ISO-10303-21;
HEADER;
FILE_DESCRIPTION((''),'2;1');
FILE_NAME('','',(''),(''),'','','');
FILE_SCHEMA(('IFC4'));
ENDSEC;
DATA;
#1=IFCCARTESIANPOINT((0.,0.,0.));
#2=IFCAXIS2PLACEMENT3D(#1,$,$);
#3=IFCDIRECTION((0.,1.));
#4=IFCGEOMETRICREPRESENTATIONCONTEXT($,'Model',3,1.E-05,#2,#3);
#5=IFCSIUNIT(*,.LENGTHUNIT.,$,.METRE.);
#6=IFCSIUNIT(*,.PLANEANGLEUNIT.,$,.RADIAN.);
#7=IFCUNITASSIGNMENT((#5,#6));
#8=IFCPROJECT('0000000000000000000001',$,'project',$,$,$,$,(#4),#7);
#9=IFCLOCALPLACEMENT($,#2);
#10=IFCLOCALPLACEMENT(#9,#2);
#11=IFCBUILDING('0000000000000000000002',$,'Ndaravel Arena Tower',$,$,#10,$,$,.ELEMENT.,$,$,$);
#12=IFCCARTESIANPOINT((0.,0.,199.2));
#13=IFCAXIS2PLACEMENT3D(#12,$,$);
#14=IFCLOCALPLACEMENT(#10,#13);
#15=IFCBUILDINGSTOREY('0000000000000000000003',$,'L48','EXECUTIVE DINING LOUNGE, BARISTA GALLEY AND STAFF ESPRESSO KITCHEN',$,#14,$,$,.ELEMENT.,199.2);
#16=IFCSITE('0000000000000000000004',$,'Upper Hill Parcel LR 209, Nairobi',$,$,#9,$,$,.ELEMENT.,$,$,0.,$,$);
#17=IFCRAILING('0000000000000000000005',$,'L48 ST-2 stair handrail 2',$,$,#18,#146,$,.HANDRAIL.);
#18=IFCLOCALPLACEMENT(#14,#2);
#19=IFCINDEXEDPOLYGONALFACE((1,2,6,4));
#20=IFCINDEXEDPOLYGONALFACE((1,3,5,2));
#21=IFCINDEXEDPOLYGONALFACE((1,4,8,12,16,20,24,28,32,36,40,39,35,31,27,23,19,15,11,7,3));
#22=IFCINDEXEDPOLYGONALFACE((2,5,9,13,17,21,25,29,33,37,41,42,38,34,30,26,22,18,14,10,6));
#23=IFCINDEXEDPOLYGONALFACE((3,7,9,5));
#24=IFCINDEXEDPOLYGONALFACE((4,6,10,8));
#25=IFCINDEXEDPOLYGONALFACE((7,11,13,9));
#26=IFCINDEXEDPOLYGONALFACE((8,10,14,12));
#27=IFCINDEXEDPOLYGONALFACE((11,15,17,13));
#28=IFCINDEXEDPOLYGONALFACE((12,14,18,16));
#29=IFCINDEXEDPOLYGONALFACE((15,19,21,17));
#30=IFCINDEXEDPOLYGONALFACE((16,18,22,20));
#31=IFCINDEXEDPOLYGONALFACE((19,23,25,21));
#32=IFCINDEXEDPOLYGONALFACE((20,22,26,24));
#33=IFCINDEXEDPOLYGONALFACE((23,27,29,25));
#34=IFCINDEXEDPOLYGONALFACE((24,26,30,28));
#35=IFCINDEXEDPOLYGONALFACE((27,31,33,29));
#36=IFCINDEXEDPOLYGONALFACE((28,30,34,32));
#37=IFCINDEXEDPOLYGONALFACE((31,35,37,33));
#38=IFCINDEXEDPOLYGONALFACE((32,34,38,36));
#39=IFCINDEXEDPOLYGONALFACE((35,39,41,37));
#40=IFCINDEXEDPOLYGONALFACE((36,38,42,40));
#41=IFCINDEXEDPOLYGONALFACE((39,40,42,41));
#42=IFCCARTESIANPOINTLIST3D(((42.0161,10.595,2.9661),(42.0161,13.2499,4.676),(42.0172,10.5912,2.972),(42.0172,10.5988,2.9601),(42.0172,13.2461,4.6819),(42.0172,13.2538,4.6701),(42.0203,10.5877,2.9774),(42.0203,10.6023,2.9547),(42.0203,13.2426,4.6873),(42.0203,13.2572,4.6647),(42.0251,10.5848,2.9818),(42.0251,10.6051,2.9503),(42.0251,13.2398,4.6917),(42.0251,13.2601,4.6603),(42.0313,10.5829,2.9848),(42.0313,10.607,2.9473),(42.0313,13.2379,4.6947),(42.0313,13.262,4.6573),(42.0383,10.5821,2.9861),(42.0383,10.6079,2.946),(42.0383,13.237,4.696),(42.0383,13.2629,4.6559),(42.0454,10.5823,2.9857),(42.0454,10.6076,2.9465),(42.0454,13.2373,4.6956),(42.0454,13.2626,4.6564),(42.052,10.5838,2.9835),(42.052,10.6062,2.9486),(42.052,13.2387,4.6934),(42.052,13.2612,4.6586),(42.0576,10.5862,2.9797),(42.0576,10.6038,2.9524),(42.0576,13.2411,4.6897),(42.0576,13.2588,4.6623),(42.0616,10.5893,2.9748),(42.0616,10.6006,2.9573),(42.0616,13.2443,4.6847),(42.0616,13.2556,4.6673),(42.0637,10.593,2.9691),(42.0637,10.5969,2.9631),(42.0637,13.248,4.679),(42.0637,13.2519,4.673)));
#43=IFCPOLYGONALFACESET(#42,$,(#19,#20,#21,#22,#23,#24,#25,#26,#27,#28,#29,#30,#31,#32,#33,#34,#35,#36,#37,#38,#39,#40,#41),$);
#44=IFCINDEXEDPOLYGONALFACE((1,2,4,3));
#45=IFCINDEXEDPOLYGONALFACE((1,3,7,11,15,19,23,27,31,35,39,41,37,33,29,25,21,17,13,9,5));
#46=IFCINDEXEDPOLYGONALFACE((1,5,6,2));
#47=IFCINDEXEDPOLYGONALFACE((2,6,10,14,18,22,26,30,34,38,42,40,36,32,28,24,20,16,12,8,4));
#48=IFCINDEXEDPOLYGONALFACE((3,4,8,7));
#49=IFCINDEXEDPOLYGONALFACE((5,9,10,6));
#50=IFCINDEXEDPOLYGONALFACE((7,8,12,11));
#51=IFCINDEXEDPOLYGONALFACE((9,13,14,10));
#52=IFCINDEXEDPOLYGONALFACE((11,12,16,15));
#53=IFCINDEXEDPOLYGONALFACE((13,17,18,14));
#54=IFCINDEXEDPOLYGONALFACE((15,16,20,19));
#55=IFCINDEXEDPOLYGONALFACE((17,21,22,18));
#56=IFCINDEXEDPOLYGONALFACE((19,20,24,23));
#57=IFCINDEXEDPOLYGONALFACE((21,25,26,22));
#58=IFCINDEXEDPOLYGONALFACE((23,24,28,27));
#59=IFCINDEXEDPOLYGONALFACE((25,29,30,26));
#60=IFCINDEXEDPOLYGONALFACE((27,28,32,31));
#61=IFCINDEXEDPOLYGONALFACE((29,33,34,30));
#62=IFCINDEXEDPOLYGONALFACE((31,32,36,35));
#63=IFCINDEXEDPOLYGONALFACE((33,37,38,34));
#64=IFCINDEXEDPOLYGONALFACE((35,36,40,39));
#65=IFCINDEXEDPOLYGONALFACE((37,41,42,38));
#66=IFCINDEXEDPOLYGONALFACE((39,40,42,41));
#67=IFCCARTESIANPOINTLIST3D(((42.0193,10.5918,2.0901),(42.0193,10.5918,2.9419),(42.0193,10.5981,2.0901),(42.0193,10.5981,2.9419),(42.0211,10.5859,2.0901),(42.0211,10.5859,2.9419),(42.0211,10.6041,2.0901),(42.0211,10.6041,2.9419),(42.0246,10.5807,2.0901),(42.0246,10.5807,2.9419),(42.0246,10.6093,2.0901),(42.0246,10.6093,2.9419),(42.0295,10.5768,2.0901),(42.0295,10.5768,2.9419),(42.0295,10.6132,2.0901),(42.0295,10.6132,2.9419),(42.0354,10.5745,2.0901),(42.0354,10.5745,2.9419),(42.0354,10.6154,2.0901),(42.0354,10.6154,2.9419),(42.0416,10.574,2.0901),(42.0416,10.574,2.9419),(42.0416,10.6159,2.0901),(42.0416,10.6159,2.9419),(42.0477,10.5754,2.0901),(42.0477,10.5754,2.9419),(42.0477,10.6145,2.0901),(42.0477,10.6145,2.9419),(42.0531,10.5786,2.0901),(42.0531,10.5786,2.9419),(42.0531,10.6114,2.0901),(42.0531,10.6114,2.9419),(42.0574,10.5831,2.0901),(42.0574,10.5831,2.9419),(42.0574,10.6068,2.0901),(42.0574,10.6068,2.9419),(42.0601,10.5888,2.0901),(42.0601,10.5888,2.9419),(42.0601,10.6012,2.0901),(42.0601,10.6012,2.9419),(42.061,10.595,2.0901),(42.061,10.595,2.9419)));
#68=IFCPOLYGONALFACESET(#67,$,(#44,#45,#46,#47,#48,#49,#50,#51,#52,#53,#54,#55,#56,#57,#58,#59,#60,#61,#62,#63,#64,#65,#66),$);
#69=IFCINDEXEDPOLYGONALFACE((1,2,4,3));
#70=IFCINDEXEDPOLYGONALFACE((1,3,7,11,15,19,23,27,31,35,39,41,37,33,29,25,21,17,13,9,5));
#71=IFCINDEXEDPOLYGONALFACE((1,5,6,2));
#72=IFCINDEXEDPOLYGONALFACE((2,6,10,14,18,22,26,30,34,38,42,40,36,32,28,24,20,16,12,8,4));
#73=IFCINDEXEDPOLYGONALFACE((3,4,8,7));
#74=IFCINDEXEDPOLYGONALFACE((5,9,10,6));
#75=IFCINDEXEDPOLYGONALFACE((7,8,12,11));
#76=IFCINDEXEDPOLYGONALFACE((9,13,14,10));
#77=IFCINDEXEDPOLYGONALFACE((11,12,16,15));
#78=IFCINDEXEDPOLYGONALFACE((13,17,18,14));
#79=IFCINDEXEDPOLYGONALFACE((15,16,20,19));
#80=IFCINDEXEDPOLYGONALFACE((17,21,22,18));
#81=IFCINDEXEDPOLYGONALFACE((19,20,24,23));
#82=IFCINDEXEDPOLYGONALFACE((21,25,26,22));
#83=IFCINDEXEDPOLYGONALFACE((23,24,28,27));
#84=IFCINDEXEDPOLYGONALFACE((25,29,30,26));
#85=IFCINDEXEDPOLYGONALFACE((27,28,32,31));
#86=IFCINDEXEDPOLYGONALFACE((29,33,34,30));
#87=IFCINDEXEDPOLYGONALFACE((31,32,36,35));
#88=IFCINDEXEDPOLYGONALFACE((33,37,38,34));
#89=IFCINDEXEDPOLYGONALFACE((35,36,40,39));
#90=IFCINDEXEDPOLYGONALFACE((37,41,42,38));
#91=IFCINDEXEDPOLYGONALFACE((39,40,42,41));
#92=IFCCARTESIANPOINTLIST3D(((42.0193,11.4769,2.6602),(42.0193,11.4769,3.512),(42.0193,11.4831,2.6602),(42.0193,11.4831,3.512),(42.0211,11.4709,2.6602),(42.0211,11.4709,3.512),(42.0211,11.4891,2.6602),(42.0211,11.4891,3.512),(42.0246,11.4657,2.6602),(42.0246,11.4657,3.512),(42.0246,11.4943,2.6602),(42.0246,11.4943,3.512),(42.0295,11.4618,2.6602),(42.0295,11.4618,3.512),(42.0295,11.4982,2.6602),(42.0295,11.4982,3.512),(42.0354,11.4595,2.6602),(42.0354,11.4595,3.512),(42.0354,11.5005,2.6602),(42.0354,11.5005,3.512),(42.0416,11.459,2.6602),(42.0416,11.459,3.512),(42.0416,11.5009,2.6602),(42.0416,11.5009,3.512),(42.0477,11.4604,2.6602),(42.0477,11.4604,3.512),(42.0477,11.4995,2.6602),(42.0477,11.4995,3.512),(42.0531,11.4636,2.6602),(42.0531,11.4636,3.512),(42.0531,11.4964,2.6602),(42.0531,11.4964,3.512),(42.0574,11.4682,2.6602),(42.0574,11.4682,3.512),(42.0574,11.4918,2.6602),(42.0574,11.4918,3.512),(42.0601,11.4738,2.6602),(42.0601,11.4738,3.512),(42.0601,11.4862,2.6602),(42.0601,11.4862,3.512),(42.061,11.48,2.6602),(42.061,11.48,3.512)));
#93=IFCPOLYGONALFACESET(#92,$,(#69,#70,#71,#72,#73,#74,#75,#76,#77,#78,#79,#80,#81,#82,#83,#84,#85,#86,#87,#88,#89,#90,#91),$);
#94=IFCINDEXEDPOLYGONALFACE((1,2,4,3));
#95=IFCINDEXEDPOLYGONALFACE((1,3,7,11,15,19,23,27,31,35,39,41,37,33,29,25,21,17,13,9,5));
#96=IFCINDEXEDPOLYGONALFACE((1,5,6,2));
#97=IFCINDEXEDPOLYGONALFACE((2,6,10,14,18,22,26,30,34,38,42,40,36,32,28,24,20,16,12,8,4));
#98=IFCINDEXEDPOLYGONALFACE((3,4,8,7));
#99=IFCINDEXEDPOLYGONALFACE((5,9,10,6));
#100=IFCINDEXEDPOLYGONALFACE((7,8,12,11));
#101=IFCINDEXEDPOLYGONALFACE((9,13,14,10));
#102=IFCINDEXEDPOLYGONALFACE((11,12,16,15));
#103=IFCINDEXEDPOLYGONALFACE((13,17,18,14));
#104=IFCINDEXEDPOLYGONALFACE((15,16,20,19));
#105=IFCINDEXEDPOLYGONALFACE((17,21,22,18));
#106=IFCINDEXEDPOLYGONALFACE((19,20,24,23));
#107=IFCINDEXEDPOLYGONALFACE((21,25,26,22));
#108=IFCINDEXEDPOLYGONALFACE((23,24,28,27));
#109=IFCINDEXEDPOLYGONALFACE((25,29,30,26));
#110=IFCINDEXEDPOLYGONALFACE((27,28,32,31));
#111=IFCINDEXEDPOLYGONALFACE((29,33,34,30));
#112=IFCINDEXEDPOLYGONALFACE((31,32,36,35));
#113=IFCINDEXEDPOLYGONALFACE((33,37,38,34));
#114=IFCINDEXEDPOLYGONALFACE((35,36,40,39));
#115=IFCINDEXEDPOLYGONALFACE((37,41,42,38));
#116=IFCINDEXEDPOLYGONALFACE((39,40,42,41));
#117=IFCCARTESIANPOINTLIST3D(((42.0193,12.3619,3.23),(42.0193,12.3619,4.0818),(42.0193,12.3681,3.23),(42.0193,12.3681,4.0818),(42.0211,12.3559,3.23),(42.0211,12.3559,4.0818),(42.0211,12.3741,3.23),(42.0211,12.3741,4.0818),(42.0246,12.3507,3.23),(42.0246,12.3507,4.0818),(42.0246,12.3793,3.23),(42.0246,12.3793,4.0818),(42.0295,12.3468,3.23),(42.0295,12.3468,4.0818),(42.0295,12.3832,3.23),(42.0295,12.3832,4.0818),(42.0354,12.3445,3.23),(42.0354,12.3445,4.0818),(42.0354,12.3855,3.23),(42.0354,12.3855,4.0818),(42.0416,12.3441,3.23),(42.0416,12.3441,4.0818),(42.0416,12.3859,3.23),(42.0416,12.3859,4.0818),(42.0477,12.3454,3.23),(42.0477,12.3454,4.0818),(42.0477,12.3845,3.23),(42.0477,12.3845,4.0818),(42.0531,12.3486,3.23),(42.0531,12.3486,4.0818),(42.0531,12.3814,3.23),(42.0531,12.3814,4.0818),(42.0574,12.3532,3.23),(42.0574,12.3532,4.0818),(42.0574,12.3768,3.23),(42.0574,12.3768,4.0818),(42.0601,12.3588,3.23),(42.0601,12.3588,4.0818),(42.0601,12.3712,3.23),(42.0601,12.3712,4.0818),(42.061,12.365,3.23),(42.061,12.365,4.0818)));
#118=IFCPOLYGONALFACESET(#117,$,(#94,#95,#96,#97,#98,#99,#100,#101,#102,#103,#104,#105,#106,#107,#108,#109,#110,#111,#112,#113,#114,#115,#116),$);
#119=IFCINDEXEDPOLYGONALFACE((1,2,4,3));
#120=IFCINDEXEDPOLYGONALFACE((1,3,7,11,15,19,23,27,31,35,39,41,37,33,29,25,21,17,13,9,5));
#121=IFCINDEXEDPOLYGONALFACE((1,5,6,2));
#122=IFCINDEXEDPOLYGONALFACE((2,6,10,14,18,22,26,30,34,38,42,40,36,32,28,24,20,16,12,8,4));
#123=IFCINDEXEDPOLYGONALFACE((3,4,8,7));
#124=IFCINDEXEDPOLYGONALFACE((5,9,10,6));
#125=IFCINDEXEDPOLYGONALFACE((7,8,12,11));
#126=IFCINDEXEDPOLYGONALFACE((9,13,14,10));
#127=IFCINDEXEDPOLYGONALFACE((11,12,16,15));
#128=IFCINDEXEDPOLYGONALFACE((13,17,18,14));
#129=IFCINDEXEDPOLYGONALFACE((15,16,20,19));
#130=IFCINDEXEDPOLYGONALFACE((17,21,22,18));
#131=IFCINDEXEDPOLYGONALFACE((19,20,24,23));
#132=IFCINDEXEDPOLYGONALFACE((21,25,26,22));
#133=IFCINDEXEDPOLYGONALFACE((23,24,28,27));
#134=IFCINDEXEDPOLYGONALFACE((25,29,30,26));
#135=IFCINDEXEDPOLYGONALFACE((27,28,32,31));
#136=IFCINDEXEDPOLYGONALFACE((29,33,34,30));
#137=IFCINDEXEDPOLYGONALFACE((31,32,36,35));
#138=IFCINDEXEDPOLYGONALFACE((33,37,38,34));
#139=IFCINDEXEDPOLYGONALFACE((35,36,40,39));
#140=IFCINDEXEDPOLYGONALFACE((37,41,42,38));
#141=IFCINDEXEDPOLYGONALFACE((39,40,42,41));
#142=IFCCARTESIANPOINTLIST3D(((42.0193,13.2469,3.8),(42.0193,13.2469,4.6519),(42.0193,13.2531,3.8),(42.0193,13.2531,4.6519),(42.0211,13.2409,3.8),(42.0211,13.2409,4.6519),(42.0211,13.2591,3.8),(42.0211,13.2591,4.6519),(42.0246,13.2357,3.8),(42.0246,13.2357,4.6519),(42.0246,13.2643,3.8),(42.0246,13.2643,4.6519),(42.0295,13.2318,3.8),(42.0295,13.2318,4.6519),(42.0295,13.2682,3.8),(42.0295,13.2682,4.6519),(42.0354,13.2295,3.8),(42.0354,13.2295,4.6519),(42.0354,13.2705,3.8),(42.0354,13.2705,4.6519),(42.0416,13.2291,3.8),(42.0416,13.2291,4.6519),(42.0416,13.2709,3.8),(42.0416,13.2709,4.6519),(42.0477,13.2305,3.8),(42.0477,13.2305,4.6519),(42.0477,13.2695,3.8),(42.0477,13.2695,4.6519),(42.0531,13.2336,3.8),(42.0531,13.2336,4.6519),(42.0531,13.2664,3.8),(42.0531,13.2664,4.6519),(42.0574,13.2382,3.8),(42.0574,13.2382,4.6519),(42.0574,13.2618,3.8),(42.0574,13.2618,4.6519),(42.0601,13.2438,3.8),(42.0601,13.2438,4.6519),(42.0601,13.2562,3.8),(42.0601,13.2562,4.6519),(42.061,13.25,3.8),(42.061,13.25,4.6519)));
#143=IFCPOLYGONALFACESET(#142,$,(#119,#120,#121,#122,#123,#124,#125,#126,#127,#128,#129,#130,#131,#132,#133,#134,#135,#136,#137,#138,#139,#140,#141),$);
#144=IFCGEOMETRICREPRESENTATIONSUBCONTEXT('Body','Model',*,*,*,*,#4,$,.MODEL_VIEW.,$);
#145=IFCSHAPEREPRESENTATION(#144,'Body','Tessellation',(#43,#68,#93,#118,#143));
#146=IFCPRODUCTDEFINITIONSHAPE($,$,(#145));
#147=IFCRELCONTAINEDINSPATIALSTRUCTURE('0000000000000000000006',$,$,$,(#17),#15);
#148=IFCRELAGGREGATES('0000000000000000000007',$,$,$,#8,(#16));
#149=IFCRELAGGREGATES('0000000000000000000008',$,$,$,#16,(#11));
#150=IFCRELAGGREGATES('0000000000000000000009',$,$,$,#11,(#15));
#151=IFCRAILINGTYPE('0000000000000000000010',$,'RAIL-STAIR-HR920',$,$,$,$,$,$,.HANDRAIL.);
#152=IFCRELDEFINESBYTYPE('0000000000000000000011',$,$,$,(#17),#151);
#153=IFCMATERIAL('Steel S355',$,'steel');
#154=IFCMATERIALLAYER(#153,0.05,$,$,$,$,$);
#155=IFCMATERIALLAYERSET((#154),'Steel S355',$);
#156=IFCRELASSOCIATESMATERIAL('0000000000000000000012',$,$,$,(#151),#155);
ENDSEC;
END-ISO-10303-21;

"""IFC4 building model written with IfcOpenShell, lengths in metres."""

from ifc_helpers import new_model, si_unit, direction, frame, origin, origin_2d, place, context, subcontext, project, spatial, circle, extrude, material, layer, layer_set, type_object, element, save


model = new_model("IFC4")

# Units and contexts
model_context = context("Model", 3, precision=1e-05, world=origin(), true_north=direction((0.0, 1.0)))
body_context = subcontext(model_context, "Body", "Model", "MODEL_VIEW")
ifc_project = project(units=[si_unit("LENGTHUNIT", "METRE"), si_unit("PLANEANGLEUNIT", "RADIAN")], contexts=[model_context])

# Site, building, storey
site_placement = place(None, origin())
site = spatial("IfcSite", under=ifc_project, at=site_placement, Name="Upper Hill Parcel LR 209, Nairobi", CompositionType="ELEMENT", RefElevation=0.0)
building_placement = place(site_placement, origin())
building = spatial("IfcBuilding", under=site, at=building_placement, Name="Ndaravel Arena Tower", CompositionType="ELEMENT")
storey_placement = place(building_placement, frame((0.0, 0.0, 199.2)))
storey = spatial("IfcBuildingStorey", under=building, at=storey_placement, Name="L48", Description="EXECUTIVE DINING LOUNGE, BARISTA GALLEY AND STAFF ESPRESSO KITCHEN", CompositionType="ELEMENT", Elevation=199.2)

# Railing
ifc_material_1 = material(Name="Steel S355", Category="steel")
ifc_layer_1 = layer(ifc_material_1, 0.05)
ifc_layer_set_1 = layer_set([ifc_layer_1], Name="Steel S355")
railing_type_1 = type_object("IfcRailingType", Name="RAIL-STAIR-HR920", PredefinedType="HANDRAIL", material=ifc_layer_set_1)
railing_1_placement = place(storey_placement, frame((42.04, 10.595, 2.0901)))
element("IfcRailing", 1, at=railing_1_placement, inside=storey, type_object=railing_type_1, Name="L48 ST-2 stair handrail 2", PredefinedType="HANDRAIL", context=body_context, shape_type="SweptSolid", body=[
    extrude(circle(Radius=0.0239, at=origin_2d()), frame((0.0, 0.0, 0.876), z_axis=(0.0, 0.840724, 0.541465), x_axis=(-1.0, 0.0, 0.0)), (0.0, 0.0, 1.0), 3.158),
    extrude(circle(Radius=0.021, at=origin_2d()), origin(), (0.0, 0.0, 1.0), 0.8518),
    extrude(circle(Radius=0.021, at=origin_2d()), frame((0.0, 0.885, 0.5701)), (0.0, 0.0, 1.0), 0.8518),
    extrude(circle(Radius=0.021, at=origin_2d()), frame((0.0, 1.77, 1.1399)), (0.0, 0.0, 1.0), 0.8518),
    extrude(circle(Radius=0.021, at=origin_2d()), frame((0.0, 2.655, 1.71)), (0.0, 0.0, 1.0), 0.8518),
])

save(model, "model.ifc")
